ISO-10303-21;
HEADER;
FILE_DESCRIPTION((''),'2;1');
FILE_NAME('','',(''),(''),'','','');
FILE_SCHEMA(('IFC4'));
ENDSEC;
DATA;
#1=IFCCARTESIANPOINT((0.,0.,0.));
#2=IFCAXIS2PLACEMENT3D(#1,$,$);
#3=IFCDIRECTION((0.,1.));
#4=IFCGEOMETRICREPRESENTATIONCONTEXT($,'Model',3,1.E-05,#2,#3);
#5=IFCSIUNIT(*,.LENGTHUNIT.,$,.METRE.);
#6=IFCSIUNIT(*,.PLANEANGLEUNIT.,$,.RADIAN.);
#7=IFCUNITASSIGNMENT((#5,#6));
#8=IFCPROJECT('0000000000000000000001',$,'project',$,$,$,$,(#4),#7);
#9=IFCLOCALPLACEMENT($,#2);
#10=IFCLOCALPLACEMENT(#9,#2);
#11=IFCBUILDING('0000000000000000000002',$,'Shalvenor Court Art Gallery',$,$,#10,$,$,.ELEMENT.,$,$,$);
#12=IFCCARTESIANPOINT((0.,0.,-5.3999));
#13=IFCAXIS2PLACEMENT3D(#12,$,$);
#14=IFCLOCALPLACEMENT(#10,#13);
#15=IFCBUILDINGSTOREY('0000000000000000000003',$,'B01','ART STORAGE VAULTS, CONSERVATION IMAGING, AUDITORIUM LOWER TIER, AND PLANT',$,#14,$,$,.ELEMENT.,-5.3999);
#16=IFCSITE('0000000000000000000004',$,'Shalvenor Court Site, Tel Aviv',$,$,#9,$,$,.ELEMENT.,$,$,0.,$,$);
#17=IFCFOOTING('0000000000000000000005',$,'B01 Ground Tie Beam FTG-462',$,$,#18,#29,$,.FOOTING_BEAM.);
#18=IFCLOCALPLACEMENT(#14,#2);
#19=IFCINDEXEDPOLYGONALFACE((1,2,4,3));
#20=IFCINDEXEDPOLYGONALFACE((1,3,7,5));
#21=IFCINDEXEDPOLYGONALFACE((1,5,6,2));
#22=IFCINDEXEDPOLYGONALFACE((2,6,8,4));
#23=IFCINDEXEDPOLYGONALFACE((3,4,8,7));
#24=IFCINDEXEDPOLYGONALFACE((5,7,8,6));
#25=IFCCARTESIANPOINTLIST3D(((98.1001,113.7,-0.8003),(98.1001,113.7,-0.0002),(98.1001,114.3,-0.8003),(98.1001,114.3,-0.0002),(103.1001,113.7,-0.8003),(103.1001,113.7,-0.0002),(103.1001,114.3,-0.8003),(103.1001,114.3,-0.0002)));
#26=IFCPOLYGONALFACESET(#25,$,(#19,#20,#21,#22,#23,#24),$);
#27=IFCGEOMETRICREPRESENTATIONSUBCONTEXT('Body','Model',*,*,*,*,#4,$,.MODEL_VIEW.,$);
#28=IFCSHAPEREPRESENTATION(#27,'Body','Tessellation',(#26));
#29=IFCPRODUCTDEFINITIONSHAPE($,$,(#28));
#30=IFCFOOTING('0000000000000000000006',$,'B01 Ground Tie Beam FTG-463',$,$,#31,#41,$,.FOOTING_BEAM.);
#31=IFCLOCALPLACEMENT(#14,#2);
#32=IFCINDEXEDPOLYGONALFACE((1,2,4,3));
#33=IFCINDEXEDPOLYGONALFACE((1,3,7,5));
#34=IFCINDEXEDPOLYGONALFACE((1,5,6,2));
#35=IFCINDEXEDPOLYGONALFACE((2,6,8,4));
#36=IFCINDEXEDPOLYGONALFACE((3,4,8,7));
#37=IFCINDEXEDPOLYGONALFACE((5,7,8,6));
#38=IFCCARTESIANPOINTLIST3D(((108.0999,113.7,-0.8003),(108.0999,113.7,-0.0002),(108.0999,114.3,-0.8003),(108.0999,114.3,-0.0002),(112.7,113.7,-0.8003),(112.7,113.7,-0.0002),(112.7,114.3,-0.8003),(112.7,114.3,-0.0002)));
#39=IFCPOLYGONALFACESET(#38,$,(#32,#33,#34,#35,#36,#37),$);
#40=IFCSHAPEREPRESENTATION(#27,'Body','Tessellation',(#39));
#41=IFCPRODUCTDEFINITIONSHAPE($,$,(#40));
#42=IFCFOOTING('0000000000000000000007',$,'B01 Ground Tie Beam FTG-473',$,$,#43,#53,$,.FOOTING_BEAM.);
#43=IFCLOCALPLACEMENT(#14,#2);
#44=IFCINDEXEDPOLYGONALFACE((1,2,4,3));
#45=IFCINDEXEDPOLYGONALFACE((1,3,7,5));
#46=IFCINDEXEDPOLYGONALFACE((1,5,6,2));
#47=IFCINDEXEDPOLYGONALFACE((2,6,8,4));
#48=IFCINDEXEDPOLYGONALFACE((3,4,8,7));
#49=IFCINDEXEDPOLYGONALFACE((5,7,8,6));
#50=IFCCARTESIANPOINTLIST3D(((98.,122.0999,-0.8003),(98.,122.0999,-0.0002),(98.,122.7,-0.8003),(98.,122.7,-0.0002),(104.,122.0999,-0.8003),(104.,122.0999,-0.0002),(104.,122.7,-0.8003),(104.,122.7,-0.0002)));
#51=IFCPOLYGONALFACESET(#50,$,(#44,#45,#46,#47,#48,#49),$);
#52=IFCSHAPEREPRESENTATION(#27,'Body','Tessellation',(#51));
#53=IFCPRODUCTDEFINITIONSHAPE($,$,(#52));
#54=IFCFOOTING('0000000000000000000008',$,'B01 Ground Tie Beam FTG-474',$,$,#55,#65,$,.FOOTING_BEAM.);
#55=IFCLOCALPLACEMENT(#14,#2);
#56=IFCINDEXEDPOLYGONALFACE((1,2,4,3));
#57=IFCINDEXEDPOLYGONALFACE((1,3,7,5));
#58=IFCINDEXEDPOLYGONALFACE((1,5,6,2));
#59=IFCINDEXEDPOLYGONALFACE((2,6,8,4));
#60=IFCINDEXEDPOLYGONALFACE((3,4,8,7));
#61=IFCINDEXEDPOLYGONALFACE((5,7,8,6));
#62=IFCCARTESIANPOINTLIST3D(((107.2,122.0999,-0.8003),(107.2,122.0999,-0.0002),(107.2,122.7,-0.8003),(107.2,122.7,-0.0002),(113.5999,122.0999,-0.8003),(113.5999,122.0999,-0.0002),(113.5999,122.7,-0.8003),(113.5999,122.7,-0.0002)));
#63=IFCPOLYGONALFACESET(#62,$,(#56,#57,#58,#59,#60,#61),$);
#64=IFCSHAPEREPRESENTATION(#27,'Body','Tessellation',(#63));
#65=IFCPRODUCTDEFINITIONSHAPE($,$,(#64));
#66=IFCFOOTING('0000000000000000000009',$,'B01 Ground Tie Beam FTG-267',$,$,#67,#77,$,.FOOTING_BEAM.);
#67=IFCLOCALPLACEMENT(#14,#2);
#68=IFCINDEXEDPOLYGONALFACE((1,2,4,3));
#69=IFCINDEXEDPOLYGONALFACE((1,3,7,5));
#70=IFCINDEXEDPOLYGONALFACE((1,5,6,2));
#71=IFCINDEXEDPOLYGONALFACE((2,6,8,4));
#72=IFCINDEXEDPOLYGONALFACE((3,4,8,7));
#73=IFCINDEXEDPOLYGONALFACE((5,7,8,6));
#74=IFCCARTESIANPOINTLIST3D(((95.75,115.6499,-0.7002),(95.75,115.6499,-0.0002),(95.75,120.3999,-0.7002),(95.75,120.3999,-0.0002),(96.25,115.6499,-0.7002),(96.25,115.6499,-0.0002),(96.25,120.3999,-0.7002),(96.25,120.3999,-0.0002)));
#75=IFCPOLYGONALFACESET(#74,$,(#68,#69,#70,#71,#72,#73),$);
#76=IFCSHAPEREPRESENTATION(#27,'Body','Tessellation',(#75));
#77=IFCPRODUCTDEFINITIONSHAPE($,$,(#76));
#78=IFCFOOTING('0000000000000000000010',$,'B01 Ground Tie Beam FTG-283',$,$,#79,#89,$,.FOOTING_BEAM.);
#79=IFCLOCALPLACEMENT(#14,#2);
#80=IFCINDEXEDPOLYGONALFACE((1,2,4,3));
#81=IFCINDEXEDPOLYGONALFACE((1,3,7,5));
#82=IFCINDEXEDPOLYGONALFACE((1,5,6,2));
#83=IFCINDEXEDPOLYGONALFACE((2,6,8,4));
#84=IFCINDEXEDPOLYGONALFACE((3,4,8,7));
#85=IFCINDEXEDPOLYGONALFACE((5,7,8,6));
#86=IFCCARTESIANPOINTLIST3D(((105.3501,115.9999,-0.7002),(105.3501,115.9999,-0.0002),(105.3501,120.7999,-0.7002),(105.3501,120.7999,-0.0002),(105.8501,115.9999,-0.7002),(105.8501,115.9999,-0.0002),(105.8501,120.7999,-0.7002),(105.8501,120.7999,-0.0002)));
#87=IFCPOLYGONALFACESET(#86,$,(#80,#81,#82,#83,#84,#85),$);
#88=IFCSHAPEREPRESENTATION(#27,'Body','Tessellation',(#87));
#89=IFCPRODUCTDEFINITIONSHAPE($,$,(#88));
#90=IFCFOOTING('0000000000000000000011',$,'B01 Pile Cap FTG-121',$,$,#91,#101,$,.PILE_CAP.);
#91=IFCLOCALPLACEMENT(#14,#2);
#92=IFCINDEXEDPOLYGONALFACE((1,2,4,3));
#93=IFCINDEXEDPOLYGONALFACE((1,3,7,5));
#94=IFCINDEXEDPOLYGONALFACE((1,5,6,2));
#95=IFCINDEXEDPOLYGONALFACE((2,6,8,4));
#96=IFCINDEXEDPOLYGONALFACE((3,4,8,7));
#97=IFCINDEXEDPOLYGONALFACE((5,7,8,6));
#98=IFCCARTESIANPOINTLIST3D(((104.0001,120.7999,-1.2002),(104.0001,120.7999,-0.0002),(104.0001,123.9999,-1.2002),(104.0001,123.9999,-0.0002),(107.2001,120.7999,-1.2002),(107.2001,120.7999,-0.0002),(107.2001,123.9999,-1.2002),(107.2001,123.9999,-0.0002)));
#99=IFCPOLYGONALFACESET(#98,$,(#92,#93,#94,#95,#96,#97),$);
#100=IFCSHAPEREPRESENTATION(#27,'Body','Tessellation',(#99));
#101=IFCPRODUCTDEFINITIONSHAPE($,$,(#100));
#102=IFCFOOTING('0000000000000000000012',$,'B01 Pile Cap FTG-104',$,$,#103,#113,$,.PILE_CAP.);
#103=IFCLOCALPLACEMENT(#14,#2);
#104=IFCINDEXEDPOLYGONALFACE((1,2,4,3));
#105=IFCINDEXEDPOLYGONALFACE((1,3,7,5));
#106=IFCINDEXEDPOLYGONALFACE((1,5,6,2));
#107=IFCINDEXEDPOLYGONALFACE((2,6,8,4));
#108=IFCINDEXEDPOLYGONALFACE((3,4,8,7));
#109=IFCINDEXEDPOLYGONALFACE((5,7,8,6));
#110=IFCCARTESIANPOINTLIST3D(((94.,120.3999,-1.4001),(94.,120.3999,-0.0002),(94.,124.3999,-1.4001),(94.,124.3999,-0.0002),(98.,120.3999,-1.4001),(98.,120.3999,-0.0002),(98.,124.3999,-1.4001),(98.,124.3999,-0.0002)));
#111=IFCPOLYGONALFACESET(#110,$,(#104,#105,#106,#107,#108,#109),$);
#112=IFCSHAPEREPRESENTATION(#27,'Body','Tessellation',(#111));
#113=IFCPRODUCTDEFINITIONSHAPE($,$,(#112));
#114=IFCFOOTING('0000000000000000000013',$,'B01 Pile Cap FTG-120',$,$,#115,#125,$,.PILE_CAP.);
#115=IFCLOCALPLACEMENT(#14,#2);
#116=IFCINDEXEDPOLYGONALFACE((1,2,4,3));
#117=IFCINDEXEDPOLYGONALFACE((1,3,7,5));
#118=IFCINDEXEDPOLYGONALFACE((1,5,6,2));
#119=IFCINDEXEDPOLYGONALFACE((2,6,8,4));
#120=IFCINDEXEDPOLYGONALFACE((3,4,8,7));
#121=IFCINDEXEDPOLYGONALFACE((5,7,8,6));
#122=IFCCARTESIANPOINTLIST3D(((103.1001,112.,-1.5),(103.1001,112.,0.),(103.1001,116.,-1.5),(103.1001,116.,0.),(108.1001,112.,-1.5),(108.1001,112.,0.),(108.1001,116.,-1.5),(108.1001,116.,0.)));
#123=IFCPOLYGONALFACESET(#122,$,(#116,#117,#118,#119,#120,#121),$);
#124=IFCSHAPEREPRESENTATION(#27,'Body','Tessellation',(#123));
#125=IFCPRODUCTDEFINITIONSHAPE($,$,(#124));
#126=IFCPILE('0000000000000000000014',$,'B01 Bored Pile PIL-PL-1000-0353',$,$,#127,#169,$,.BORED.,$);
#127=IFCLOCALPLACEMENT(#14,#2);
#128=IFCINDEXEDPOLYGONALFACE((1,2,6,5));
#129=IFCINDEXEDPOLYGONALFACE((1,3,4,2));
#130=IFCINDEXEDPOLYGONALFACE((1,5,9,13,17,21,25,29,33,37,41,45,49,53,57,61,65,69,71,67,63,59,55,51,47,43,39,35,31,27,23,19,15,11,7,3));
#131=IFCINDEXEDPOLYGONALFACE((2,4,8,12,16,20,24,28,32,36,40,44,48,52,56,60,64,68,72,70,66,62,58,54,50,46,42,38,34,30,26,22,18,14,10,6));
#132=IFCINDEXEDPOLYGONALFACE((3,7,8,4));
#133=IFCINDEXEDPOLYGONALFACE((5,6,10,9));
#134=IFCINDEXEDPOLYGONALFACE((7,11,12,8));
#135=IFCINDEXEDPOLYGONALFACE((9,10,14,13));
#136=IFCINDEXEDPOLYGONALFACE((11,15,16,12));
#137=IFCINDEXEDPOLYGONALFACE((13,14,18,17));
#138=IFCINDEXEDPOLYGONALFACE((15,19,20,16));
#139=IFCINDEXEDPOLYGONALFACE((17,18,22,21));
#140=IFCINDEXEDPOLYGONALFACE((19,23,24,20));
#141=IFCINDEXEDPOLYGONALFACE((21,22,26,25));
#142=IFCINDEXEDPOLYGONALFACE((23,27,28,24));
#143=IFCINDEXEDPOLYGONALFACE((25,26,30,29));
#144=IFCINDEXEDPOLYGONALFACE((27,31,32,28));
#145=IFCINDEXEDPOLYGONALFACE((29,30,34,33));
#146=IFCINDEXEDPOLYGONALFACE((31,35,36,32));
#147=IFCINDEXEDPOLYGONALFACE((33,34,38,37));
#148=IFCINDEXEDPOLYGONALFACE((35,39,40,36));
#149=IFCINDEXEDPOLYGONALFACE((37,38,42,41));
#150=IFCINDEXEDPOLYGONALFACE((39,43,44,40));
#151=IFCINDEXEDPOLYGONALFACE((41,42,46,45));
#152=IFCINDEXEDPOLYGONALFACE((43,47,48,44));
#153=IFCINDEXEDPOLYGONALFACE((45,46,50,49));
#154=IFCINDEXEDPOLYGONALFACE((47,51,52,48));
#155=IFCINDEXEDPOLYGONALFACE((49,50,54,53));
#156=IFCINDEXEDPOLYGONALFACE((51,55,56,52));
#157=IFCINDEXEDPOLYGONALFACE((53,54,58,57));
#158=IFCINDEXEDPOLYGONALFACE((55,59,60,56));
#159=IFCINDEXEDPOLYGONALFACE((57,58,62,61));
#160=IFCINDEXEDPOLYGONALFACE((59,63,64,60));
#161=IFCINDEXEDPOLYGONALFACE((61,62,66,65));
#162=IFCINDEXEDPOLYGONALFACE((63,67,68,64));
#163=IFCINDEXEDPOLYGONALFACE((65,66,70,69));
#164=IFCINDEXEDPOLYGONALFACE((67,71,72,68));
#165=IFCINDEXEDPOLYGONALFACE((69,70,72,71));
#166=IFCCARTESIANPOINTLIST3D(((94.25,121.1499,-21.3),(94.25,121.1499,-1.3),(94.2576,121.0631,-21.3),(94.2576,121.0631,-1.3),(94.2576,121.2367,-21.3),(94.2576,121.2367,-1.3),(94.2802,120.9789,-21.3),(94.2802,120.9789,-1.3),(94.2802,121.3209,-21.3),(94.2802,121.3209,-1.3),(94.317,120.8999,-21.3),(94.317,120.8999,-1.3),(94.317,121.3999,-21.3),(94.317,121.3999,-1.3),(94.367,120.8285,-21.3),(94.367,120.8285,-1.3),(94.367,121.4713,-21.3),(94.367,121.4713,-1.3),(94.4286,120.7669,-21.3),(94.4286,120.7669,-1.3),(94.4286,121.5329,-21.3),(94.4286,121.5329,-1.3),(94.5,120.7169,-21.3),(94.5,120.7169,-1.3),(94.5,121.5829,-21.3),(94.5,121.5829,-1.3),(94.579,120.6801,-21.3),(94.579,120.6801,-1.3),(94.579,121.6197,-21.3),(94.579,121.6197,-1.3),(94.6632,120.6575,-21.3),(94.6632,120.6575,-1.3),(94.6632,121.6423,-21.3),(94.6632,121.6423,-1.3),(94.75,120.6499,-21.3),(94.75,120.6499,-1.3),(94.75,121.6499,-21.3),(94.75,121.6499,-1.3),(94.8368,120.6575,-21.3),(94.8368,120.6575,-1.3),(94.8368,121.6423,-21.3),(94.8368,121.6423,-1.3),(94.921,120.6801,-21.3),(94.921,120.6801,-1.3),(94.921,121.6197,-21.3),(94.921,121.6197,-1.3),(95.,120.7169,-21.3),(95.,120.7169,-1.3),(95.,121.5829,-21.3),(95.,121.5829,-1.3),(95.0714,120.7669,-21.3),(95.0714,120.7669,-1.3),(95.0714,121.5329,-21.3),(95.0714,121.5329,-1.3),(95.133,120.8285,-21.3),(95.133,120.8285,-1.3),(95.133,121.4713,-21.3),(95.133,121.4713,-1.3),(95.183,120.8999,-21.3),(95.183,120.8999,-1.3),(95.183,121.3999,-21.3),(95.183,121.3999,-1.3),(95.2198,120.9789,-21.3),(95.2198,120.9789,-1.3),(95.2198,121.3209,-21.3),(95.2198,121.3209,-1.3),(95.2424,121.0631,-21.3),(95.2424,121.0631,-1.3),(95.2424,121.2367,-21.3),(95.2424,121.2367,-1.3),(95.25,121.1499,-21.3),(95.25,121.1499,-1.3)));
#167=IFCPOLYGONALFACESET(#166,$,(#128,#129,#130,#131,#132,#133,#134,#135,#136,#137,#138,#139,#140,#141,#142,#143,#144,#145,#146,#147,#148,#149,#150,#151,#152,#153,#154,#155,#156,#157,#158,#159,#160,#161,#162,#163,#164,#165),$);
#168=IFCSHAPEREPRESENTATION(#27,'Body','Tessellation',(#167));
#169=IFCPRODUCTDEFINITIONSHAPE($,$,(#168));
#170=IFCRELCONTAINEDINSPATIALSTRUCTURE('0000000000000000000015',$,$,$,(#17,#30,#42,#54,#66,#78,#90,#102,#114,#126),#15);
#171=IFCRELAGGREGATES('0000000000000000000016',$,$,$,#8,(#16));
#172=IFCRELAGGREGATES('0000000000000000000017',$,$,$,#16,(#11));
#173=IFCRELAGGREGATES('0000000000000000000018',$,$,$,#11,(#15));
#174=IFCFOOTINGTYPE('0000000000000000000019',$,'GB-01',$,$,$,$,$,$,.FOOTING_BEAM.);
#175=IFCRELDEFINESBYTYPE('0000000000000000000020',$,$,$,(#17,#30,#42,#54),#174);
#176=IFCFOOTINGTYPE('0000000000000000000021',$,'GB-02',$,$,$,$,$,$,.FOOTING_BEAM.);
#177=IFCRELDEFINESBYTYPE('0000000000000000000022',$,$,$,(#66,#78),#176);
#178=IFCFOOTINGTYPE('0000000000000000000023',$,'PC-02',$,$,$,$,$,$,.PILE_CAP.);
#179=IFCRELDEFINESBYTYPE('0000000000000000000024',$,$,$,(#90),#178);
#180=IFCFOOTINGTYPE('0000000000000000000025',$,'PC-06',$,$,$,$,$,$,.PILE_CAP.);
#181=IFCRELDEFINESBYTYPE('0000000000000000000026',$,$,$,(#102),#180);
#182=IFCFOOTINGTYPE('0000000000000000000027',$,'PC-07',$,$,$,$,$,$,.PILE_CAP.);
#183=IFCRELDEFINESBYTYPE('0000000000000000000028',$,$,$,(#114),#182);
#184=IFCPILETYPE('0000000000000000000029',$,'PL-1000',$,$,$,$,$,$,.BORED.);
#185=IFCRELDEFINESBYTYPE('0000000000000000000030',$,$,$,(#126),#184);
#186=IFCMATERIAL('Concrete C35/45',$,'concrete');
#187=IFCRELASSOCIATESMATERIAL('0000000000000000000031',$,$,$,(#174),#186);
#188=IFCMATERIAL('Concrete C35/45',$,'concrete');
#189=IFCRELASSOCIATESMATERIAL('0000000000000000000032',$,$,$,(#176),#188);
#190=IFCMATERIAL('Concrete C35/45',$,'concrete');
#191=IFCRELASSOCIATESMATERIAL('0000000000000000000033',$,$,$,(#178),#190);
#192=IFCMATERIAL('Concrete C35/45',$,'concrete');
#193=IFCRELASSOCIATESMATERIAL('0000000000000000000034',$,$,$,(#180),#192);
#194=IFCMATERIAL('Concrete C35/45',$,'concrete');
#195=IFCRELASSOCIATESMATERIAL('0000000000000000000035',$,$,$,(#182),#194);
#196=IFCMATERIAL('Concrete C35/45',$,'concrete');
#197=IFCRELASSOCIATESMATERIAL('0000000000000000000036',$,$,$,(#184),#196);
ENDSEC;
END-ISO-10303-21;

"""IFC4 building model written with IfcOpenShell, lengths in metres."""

from ifc_helpers import new_model, si_unit, direction, frame, origin, origin_2d, place, context, subcontext, project, spatial, rectangle, circle, extrude, material, material_profile, profile_set, type_object, element, save


model = new_model("IFC4")

# Units and contexts
model_context = context("Model", 3, precision=1e-05, world=origin(), true_north=direction((0.0, 1.0)))
body_context = subcontext(model_context, "Body", "Model", "MODEL_VIEW")
ifc_project = project(units=[si_unit("LENGTHUNIT", "METRE"), si_unit("PLANEANGLEUNIT", "RADIAN")], contexts=[model_context])

# Site, building, storey
site_placement = place(None, origin())
site = spatial("IfcSite", under=ifc_project, at=site_placement, Name="Shalvenor Court Site, Tel Aviv", CompositionType="ELEMENT", RefElevation=0.0)
building_placement = place(site_placement, origin())
building = spatial("IfcBuilding", under=site, at=building_placement, Name="Shalvenor Court Art Gallery", CompositionType="ELEMENT")
storey_placement = place(building_placement, frame((0.0, 0.0, -5.3999)))
storey = spatial("IfcBuildingStorey", under=building, at=storey_placement, Name="B01", Description="ART STORAGE VAULTS, CONSERVATION IMAGING, AUDITORIUM LOWER TIER, AND PLANT", CompositionType="ELEMENT", Elevation=-5.3999)

# Footings
ifc_material_1 = material(Name="Concrete C35/45", Category="concrete")
footing_type_1 = type_object("IfcFootingType", Name="GB-01", PredefinedType="FOOTING_BEAM", material=ifc_material_1)
footing_1_placement = place(storey_placement, frame((100.6001, 114.0, -0.8003), z_axis=(0.0, 0.0, 1.0), x_axis=(1.0, 0.0, 0.0)))
element("IfcFooting", 1, at=footing_1_placement, inside=storey, type_object=footing_type_1, Name="B01 Ground Tie Beam FTG-462", PredefinedType="FOOTING_BEAM", context=body_context, shape_type="SweptSolid", body=[
    extrude(rectangle(XDim=5.0, YDim=0.6001, at=origin_2d()), origin(), (0.0, 0.0, 1.0), 0.8),
])
footing_2_placement = place(storey_placement, frame((110.3999, 114.0, -0.8003), z_axis=(0.0, 0.0, 1.0), x_axis=(1.0, 0.0, 0.0)))
element("IfcFooting", 2, at=footing_2_placement, inside=storey, type_object=footing_type_1, Name="B01 Ground Tie Beam FTG-463", PredefinedType="FOOTING_BEAM", context=body_context, shape_type="SweptSolid", body=[
    extrude(rectangle(XDim=4.6001, YDim=0.6001, at=origin_2d()), origin(), (0.0, 0.0, 1.0), 0.8),
])
footing_3_placement = place(storey_placement, frame((101.0, 122.3999, -0.8003), z_axis=(0.0, 0.0, 1.0), x_axis=(1.0, 0.0, 0.0)))
element("IfcFooting", 3, at=footing_3_placement, inside=storey, type_object=footing_type_1, Name="B01 Ground Tie Beam FTG-473", PredefinedType="FOOTING_BEAM", context=body_context, shape_type="SweptSolid", body=[
    extrude(rectangle(XDim=6.0, YDim=0.6001, at=origin_2d()), origin(), (0.0, 0.0, 1.0), 0.8),
])
footing_4_placement = place(storey_placement, frame((110.3999, 122.3999, -0.8003), z_axis=(0.0, 0.0, 1.0), x_axis=(1.0, 0.0, 0.0)))
element("IfcFooting", 4, at=footing_4_placement, inside=storey, type_object=footing_type_1, Name="B01 Ground Tie Beam FTG-474", PredefinedType="FOOTING_BEAM", context=body_context, shape_type="SweptSolid", body=[
    extrude(rectangle(XDim=6.3999, YDim=0.6001, at=origin_2d()), origin(), (0.0, 0.0, 1.0), 0.8),
])
ifc_material_2 = material(Name="Concrete C35/45", Category="concrete")
footing_type_2 = type_object("IfcFootingType", Name="GB-02", PredefinedType="FOOTING_BEAM", material=ifc_material_2)
footing_5_placement = place(storey_placement, frame((96.0, 118.0249, -0.7002), z_axis=(0.0, 0.0, 1.0), x_axis=(0.0, 1.0, 0.0)))
element("IfcFooting", 5, at=footing_5_placement, inside=storey, type_object=footing_type_2, Name="B01 Ground Tie Beam FTG-267", PredefinedType="FOOTING_BEAM", context=body_context, shape_type="SweptSolid", body=[
    extrude(rectangle(XDim=4.75, YDim=0.5, at=origin_2d()), origin(), (0.0, 0.0, 1.0), 0.7),
])
footing_6_placement = place(storey_placement, frame((105.6001, 118.3999, -0.7002), z_axis=(0.0, 0.0, 1.0), x_axis=(0.0, 1.0, 0.0)))
element("IfcFooting", 6, at=footing_6_placement, inside=storey, type_object=footing_type_2, Name="B01 Ground Tie Beam FTG-283", PredefinedType="FOOTING_BEAM", context=body_context, shape_type="SweptSolid", body=[
    extrude(rectangle(XDim=4.8, YDim=0.5, at=origin_2d()), origin(), (0.0, 0.0, 1.0), 0.7),
])
ifc_material_3 = material(Name="Concrete C35/45", Category="concrete")
footing_type_3 = type_object("IfcFootingType", Name="PC-02", PredefinedType="PILE_CAP", material=ifc_material_3)
footing_7_placement = place(storey_placement, frame((105.6001, 122.3999, -1.2002), z_axis=(0.0, 0.0, 1.0), x_axis=(1.0, 0.0, 0.0)))
element("IfcFooting", 7, at=footing_7_placement, inside=storey, type_object=footing_type_3, Name="B01 Pile Cap FTG-121", PredefinedType="PILE_CAP", context=body_context, shape_type="SweptSolid", body=[
    extrude(rectangle(XDim=3.2, YDim=3.2, at=origin_2d()), origin(), (0.0, 0.0, 1.0), 1.2),
])
ifc_material_4 = material(Name="Concrete C35/45", Category="concrete")
footing_type_4 = type_object("IfcFootingType", Name="PC-06", PredefinedType="PILE_CAP", material=ifc_material_4)
footing_8_placement = place(storey_placement, frame((96.0, 122.3999, -1.4001), z_axis=(0.0, 0.0, 1.0), x_axis=(1.0, 0.0, 0.0)))
element("IfcFooting", 8, at=footing_8_placement, inside=storey, type_object=footing_type_4, Name="B01 Pile Cap FTG-104", PredefinedType="PILE_CAP", context=body_context, shape_type="SweptSolid", body=[
    extrude(rectangle(XDim=4.0, YDim=4.0, at=origin_2d()), origin(), (0.0, 0.0, 1.0), 1.3999),
])
ifc_material_5 = material(Name="Concrete C35/45", Category="concrete")
footing_type_5 = type_object("IfcFootingType", Name="PC-07", PredefinedType="PILE_CAP", material=ifc_material_5)
footing_9_placement = place(storey_placement, frame((105.6001, 114.0, -1.5), z_axis=(0.0, 0.0, 1.0), x_axis=(1.0, 0.0, 0.0)))
element("IfcFooting", 9, at=footing_9_placement, inside=storey, type_object=footing_type_5, Name="B01 Pile Cap FTG-120", PredefinedType="PILE_CAP", context=body_context, shape_type="SweptSolid", body=[
    extrude(rectangle(XDim=5.0, YDim=4.0, at=origin_2d()), origin(), (0.0, 0.0, 1.0), 1.5),
])

# Pile
ifc_material_6 = material(Name="Concrete C35/45", Category="concrete")
ifc_material_profile_1 = material_profile(ifc_material_6, circle(Radius=0.5, at=origin_2d()), Name="PILE 1000")
ifc_profile_set_1 = profile_set([ifc_material_profile_1], Name="Concrete C35/45")
pile_type_1 = type_object("IfcPileType", Name="PL-1000", PredefinedType="BORED", material=ifc_profile_set_1)
for number, where, z_axis, x_axis, name in (
    (10, (94.75, 121.1499, -1.3), (0.0, 0.0, -1.0), (1.0, 0.0, 0.0), "B01 Bored Pile PIL-PL-1000-0353"),
):
    element("IfcPile", number, at=place(storey_placement, frame(where, z_axis=z_axis, x_axis=x_axis)), inside=storey, type_object=pile_type_1, Name=name, PredefinedType="BORED", context=body_context, shape_type="SweptSolid", body=[
        extrude(circle(Radius=0.5, at=origin_2d()), origin(), (0.0, 0.0, 1.0), 20.0),
    ])

save(model, "model.ifc")
